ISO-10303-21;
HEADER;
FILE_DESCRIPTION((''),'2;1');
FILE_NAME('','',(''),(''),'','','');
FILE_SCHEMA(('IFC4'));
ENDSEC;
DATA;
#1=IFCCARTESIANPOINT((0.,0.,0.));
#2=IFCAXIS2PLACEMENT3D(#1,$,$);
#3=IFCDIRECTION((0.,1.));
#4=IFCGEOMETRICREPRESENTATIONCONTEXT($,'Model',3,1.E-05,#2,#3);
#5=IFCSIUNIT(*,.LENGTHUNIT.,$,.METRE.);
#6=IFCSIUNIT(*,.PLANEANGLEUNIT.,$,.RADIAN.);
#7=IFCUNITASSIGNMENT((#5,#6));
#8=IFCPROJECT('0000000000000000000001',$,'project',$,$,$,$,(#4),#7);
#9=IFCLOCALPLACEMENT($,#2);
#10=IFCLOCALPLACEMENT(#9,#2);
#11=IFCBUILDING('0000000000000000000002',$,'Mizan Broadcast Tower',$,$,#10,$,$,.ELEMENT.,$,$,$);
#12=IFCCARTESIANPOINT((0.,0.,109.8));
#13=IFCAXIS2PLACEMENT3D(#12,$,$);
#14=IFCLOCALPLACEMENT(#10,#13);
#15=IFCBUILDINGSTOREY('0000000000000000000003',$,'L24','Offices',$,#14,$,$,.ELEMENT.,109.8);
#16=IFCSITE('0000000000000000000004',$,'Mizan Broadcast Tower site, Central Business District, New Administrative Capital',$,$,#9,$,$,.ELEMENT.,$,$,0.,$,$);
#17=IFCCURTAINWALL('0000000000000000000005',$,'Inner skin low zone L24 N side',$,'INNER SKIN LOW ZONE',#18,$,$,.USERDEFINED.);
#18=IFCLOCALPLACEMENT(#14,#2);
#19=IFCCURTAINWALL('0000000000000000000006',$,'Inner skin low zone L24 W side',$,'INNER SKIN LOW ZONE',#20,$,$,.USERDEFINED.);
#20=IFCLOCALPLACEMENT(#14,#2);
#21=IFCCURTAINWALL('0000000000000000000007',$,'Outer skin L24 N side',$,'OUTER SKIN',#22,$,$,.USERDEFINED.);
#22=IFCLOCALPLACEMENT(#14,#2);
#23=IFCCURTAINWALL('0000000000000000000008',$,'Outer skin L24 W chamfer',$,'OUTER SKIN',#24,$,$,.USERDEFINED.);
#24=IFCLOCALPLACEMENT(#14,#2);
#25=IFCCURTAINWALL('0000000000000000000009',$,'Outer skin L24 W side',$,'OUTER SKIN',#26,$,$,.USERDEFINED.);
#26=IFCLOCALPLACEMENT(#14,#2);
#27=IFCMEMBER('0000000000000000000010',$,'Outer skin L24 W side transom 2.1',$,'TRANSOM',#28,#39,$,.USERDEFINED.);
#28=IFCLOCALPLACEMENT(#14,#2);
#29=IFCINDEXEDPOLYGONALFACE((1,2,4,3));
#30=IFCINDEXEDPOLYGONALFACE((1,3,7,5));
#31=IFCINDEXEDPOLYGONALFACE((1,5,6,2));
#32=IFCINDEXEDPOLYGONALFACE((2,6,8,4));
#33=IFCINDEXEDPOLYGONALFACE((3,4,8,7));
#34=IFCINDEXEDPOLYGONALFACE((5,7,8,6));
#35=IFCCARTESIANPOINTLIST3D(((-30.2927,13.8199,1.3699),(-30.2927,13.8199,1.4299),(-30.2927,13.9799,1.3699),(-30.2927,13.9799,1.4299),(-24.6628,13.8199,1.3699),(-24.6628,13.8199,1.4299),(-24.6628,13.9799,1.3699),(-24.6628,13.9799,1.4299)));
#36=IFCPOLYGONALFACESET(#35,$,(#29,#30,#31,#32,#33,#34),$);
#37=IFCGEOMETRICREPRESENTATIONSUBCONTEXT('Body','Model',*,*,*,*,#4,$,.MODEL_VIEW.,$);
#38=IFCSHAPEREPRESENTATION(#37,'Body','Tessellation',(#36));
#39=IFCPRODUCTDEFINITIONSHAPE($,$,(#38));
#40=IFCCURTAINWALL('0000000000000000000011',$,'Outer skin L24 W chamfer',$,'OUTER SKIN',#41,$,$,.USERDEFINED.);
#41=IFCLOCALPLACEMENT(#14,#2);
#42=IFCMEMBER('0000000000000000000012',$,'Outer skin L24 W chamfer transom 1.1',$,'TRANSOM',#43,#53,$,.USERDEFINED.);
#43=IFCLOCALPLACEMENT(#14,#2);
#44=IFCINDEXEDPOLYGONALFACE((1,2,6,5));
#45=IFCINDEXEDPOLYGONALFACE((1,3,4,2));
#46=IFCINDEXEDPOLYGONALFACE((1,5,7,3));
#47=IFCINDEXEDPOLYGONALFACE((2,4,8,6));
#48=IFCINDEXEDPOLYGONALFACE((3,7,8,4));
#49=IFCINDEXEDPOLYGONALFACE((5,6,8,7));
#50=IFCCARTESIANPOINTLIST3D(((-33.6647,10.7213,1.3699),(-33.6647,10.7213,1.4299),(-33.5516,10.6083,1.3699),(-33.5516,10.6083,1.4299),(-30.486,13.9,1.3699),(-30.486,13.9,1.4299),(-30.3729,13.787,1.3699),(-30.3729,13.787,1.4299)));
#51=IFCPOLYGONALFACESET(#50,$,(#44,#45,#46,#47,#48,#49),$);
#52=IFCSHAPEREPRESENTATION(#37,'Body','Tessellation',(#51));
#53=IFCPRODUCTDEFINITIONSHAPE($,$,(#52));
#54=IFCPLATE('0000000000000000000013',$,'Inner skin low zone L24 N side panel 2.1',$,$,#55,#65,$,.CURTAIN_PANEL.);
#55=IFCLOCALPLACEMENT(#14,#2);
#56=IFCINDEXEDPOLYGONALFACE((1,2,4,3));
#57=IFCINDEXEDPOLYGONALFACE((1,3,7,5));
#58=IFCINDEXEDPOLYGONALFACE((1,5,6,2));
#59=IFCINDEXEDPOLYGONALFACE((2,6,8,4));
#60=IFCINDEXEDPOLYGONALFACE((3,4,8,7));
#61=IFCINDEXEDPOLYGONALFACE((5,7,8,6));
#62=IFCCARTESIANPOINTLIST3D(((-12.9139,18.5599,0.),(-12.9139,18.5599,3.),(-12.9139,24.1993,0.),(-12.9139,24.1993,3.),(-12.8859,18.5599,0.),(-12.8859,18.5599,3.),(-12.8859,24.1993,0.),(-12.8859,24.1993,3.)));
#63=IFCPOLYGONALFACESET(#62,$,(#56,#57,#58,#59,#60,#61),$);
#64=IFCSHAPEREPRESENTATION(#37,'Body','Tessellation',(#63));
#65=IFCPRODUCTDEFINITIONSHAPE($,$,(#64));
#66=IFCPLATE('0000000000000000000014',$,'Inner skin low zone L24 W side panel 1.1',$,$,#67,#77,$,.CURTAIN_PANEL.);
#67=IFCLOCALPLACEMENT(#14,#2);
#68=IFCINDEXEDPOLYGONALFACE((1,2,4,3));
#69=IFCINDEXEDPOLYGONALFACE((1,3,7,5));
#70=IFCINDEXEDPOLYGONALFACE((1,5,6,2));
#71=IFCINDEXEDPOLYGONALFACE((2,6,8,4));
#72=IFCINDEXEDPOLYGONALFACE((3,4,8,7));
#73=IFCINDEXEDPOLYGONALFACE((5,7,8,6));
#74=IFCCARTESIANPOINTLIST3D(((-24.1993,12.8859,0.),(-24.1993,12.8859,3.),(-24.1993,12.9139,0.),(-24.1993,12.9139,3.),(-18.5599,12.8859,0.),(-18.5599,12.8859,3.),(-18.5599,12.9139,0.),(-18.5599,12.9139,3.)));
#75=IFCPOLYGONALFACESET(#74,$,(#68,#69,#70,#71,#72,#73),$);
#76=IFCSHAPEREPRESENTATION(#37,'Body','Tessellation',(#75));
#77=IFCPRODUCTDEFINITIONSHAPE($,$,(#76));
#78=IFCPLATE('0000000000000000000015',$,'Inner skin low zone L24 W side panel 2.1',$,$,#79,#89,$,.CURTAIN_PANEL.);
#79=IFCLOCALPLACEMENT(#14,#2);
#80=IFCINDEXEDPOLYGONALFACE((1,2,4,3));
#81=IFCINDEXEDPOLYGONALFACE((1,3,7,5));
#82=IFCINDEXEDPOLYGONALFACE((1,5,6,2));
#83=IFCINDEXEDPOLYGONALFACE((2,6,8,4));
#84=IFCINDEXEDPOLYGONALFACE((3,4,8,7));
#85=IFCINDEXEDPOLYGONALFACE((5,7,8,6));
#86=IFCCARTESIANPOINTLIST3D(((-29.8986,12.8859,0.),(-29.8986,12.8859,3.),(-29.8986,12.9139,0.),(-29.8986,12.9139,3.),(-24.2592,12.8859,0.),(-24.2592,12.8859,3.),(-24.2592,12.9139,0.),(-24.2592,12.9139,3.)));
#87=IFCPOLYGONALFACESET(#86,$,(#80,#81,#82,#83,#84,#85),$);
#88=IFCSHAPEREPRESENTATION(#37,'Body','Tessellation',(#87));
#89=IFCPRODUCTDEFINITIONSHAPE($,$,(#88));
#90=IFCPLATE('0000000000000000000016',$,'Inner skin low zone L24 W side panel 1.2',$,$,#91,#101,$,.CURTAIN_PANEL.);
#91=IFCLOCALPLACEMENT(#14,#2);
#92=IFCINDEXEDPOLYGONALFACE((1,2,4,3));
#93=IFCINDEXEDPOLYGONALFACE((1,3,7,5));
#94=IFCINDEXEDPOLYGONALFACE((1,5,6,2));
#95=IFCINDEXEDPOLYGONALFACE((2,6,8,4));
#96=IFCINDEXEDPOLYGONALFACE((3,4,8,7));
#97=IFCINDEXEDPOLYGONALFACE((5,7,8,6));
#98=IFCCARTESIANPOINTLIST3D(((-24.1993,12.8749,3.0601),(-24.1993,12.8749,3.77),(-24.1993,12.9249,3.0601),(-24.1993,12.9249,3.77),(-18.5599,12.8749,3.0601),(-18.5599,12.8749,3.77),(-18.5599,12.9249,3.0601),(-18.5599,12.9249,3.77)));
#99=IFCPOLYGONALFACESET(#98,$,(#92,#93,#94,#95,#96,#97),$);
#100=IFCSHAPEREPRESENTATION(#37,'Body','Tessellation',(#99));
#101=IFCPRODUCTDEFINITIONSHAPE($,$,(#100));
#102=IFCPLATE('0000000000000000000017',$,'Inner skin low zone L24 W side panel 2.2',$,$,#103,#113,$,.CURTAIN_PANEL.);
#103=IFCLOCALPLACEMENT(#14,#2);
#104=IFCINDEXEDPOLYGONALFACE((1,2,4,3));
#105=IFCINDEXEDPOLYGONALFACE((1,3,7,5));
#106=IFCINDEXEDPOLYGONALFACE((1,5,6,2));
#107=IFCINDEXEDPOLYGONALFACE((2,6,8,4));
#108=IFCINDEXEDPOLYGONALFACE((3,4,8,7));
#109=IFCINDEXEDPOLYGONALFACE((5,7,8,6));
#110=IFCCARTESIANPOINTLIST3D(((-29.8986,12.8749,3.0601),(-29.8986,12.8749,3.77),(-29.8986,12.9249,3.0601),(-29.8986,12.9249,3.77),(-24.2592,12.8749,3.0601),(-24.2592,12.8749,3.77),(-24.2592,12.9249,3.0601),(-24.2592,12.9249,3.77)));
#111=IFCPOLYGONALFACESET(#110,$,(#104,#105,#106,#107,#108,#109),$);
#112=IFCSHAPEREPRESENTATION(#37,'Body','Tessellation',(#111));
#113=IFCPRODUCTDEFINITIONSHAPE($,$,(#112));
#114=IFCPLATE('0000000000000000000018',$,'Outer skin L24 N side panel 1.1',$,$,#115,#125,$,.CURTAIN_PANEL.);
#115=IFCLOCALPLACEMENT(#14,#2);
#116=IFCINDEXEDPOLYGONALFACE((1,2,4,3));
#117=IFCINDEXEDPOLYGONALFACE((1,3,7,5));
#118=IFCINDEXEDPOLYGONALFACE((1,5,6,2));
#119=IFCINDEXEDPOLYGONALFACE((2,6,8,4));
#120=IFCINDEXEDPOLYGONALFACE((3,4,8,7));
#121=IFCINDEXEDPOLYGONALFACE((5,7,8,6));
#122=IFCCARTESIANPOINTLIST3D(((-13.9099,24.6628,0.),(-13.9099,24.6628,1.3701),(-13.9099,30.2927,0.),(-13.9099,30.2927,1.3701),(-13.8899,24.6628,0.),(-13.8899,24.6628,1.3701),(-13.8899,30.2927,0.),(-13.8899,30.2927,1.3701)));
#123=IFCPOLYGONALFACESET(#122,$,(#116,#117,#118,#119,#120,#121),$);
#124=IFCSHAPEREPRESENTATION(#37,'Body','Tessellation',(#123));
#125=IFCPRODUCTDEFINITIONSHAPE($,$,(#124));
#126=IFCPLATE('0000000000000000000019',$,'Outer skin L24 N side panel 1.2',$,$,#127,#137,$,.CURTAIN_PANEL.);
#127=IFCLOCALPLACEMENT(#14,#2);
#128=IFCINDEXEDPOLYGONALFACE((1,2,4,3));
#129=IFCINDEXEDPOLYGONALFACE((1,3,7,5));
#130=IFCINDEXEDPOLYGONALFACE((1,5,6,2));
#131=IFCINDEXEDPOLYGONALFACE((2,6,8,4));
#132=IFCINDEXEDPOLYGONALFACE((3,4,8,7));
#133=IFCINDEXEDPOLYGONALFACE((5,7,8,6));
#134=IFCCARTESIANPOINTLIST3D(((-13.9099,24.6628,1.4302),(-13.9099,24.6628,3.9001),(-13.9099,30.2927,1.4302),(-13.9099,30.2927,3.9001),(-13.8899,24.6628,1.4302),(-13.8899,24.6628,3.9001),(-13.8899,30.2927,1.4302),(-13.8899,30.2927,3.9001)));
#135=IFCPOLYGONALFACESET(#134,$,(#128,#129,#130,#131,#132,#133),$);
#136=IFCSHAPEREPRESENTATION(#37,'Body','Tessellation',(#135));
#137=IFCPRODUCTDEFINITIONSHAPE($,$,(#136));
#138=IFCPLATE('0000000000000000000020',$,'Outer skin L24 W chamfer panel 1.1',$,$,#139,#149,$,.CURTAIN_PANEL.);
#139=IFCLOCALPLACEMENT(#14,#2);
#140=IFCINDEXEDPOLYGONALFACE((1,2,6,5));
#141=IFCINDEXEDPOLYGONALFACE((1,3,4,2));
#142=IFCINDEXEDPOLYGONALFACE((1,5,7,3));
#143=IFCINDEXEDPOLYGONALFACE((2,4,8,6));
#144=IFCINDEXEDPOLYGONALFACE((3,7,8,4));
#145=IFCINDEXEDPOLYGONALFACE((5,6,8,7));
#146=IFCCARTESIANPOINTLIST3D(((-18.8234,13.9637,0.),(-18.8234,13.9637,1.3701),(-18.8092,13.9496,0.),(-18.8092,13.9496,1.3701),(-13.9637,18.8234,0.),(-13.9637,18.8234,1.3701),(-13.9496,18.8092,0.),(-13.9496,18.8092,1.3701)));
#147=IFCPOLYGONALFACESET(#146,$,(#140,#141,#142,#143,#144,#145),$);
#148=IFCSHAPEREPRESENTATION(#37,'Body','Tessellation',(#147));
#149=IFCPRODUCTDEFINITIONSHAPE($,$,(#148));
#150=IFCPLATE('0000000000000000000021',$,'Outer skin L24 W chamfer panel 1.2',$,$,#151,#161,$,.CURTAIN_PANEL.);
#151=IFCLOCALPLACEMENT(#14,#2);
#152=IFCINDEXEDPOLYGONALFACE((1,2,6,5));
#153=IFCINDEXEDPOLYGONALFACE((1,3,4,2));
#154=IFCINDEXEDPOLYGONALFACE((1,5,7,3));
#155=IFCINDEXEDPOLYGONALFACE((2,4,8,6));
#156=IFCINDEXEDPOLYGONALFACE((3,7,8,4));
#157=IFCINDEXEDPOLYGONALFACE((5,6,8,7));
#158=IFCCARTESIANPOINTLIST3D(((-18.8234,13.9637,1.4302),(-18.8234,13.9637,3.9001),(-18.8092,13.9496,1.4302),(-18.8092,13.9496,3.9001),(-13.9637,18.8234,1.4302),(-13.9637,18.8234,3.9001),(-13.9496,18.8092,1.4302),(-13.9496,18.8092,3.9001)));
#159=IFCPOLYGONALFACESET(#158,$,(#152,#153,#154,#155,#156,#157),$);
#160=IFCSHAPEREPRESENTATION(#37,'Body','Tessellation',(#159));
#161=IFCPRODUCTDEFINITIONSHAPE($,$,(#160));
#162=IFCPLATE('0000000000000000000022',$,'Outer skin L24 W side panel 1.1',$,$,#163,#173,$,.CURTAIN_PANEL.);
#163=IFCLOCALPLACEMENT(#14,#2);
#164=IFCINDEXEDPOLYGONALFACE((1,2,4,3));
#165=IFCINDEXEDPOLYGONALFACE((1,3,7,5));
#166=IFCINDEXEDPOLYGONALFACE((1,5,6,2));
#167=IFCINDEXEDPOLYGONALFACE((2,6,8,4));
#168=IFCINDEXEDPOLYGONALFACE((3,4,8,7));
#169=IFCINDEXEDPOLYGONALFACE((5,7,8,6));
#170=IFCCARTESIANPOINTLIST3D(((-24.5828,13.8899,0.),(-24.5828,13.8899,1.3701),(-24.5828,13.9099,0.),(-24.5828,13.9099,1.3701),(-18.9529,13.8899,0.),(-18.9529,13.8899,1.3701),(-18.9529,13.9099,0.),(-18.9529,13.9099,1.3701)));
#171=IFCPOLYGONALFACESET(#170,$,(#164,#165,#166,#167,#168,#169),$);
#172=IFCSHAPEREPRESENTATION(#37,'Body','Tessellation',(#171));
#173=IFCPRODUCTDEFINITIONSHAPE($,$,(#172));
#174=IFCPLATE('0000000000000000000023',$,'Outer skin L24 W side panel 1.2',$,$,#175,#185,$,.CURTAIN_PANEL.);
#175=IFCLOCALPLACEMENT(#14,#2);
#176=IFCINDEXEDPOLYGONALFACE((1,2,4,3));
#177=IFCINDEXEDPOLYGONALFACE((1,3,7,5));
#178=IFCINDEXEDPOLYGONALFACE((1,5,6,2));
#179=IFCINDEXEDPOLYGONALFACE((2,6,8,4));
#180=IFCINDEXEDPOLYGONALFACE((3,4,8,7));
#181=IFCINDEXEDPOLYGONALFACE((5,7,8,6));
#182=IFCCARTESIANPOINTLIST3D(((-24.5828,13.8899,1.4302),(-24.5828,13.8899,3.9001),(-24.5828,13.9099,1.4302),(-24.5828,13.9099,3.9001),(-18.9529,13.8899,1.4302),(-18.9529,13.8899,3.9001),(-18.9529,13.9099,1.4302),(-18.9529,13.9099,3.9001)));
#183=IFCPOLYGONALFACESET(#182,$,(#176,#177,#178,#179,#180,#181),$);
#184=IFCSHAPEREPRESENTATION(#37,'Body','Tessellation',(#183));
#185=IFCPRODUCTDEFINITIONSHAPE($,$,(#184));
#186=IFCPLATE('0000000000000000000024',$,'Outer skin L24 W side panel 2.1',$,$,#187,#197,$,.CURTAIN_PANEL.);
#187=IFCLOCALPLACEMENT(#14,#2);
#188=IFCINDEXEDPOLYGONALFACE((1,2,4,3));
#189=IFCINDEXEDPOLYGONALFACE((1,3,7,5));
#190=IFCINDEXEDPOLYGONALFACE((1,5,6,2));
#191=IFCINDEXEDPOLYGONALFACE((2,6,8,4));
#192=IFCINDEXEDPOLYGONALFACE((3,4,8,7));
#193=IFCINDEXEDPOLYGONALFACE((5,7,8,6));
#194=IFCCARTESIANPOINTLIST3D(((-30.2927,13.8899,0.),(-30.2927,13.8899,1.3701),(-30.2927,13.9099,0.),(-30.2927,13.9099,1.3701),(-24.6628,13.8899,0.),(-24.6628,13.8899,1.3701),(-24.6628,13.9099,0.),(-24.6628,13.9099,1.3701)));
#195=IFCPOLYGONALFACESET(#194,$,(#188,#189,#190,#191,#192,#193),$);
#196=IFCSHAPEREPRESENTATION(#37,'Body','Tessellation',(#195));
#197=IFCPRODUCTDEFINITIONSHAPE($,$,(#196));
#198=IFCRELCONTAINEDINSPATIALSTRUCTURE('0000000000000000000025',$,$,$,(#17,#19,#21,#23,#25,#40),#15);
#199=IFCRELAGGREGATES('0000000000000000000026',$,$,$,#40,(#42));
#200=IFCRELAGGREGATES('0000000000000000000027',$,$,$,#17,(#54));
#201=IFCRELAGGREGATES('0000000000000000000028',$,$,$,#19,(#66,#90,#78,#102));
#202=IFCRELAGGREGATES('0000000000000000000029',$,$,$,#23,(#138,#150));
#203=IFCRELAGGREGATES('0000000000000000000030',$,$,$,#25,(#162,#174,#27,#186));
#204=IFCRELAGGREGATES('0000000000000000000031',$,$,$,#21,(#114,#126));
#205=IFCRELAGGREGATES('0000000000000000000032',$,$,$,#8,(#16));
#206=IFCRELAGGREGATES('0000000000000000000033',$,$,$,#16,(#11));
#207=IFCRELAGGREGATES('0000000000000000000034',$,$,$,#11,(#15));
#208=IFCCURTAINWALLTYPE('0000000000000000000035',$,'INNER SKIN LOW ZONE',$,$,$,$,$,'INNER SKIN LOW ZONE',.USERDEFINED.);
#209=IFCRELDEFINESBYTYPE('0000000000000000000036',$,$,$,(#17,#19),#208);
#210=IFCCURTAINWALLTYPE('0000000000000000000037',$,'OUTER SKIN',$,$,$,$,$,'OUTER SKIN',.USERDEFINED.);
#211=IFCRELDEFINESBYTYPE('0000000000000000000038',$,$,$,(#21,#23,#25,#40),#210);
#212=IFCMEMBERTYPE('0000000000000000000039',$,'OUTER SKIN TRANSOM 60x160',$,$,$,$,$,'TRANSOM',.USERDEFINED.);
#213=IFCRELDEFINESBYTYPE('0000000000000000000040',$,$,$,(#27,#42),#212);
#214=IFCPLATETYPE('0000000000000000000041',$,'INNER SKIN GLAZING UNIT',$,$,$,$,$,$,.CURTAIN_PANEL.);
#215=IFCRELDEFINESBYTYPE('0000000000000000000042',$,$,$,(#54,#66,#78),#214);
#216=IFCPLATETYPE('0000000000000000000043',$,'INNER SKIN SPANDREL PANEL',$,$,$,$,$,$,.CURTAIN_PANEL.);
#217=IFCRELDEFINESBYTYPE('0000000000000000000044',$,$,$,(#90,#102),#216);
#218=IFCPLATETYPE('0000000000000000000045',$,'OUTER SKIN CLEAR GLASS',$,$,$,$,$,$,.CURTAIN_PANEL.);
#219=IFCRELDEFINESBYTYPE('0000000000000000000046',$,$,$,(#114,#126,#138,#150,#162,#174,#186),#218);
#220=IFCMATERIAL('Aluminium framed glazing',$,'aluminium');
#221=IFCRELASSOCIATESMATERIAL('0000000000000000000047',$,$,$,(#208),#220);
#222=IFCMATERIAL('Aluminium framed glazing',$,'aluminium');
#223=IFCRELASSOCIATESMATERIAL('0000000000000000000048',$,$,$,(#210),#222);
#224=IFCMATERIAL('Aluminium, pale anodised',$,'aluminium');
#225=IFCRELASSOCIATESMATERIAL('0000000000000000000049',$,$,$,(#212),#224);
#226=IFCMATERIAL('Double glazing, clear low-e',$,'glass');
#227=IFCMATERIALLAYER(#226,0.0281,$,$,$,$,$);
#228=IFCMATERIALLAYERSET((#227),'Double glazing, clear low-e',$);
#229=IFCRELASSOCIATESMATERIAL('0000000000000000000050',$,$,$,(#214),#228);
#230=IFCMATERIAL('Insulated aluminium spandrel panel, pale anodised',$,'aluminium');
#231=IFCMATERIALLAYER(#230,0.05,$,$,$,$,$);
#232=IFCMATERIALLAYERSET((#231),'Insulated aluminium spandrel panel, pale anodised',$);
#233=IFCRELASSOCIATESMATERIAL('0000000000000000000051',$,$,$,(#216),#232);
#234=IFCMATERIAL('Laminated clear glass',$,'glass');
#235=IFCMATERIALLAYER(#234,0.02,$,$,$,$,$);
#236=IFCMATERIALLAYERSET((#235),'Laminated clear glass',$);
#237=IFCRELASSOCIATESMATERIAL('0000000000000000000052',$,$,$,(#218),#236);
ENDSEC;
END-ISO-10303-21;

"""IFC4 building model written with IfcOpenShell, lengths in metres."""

from ifc_helpers import new_model, si_unit, direction, frame, origin, origin_2d, place, context, subcontext, project, spatial, rectangle, extrude, material, layer, layer_set, material_profile, profile_set, type_object, element, aggregate, save


model = new_model("IFC4")

# Units and contexts
model_context = context("Model", 3, precision=1e-05, world=origin(), true_north=direction((0.0, 1.0)))
body_context = subcontext(model_context, "Body", "Model", "MODEL_VIEW")
ifc_project = project(units=[si_unit("LENGTHUNIT", "METRE"), si_unit("PLANEANGLEUNIT", "RADIAN")], contexts=[model_context])

# Site, building, storey
site_placement = place(None, origin())
site = spatial("IfcSite", under=ifc_project, at=site_placement, Name="Mizan Broadcast Tower site, Central Business District, New Administrative Capital", CompositionType="ELEMENT", RefElevation=0.0)
building_placement = place(site_placement, origin())
building = spatial("IfcBuilding", under=site, at=building_placement, Name="Mizan Broadcast Tower", CompositionType="ELEMENT")
storey_placement = place(building_placement, frame((0.0, 0.0, 109.8)))
storey = spatial("IfcBuildingStorey", under=building, at=storey_placement, Name="L24", Description="Offices", CompositionType="ELEMENT", Elevation=109.8)

# Curtain wall
ifc_material_1 = material(Name="Aluminium framed glazing", Category="aluminium")
curtain_wall_type_1 = type_object("IfcCurtainWallType", Name="INNER SKIN LOW ZONE", ElementType="INNER SKIN LOW ZONE", PredefinedType="USERDEFINED", material=ifc_material_1)
curtain_wall_1_placement = place(storey_placement, origin())
curtain_wall_1 = element("IfcCurtainWall", 1, at=curtain_wall_1_placement, inside=storey, type_object=curtain_wall_type_1, Name="Inner skin low zone L24 N side", ObjectType="INNER SKIN LOW ZONE", PredefinedType="USERDEFINED")

# Curtain wall
curtain_wall_2_placement = place(storey_placement, origin())
curtain_wall_2 = element("IfcCurtainWall", 2, at=curtain_wall_2_placement, inside=storey, type_object=curtain_wall_type_1, Name="Inner skin low zone L24 W side", ObjectType="INNER SKIN LOW ZONE", PredefinedType="USERDEFINED")

# Shared definitions
ifc_material_2 = material(Name="Aluminium framed glazing", Category="aluminium")
curtain_wall_type_2 = type_object("IfcCurtainWallType", Name="OUTER SKIN", ElementType="OUTER SKIN", PredefinedType="USERDEFINED", material=ifc_material_2)

# Curtain wall
curtain_wall_3_placement = place(storey_placement, origin())
curtain_wall_3 = element("IfcCurtainWall", 3, at=curtain_wall_3_placement, inside=storey, type_object=curtain_wall_type_2, Name="Outer skin L24 N side", ObjectType="OUTER SKIN", PredefinedType="USERDEFINED")

# Curtain wall
curtain_wall_4_placement = place(storey_placement, origin())
curtain_wall_4 = element("IfcCurtainWall", 4, at=curtain_wall_4_placement, inside=storey, type_object=curtain_wall_type_2, Name="Outer skin L24 W chamfer", ObjectType="OUTER SKIN", PredefinedType="USERDEFINED")

# Curtain wall
curtain_wall_5_placement = place(storey_placement, origin())
curtain_wall_5 = element("IfcCurtainWall", 5, at=curtain_wall_5_placement, inside=storey, type_object=curtain_wall_type_2, Name="Outer skin L24 W side", ObjectType="OUTER SKIN", PredefinedType="USERDEFINED")

# Member
ifc_material_3 = material(Name="Aluminium, pale anodised", Category="aluminium")
ifc_material_profile_1 = material_profile(ifc_material_3, rectangle(XDim=0.1599, YDim=0.0601, at=origin_2d()), Name="TRANSOM 160x60")
ifc_profile_set_1 = profile_set([ifc_material_profile_1], Name="Aluminium, pale anodised")
member_type_1 = type_object("IfcMemberType", Name="OUTER SKIN TRANSOM 60x160", ElementType="TRANSOM", PredefinedType="USERDEFINED", material=ifc_profile_set_1)
member_1_placement = place(storey_placement, frame((-24.6628, 13.8999, 1.3999), z_axis=(-1.0, 0.0, 0.0), x_axis=(0.0, -1.0, 0.0)))
member_1 = element("IfcMember", 6, at=member_1_placement, type_object=member_type_1, Name="Outer skin L24 W side transom 2.1", ObjectType="TRANSOM", PredefinedType="USERDEFINED", context=body_context, shape_type="SweptSolid", body=[
    extrude(rectangle(XDim=0.1599, YDim=0.0601, at=origin_2d()), origin(), (0.0, 0.0, 1.0), 5.6299),
])

# Curtain wall, member
curtain_wall_6_placement = place(storey_placement, origin())
curtain_wall_6 = element("IfcCurtainWall", 7, at=curtain_wall_6_placement, inside=storey, type_object=curtain_wall_type_2, Name="Outer skin L24 W chamfer", ObjectType="OUTER SKIN", PredefinedType="USERDEFINED")
member_2_placement = place(storey_placement, frame((-30.4294, 13.8435, 1.3999), z_axis=(-0.707107, -0.707107, 0.0), x_axis=(0.707107, -0.707107, 0.0)))
member_2 = element("IfcMember", 8, at=member_2_placement, type_object=member_type_1, Name="Outer skin L24 W chamfer transom 1.1", ObjectType="TRANSOM", PredefinedType="USERDEFINED", context=body_context, shape_type="SweptSolid", body=[
    extrude(rectangle(XDim=0.1599, YDim=0.0601, at=origin_2d()), origin(), (0.0, 0.0, 1.0), 4.4954),
])
aggregate(curtain_wall_6, [member_2])

# Plates
ifc_material_4 = material(Name="Double glazing, clear low-e", Category="glass")
ifc_layer_1 = layer(ifc_material_4, 0.0281)
ifc_layer_set_1 = layer_set([ifc_layer_1], Name="Double glazing, clear low-e")
plate_type_1 = type_object("IfcPlateType", Name="INNER SKIN GLAZING UNIT", PredefinedType="CURTAIN_PANEL", material=ifc_layer_set_1)
plate_1_placement = place(storey_placement, frame((-12.8999, 21.3796, 0.0), z_axis=(0.0, 0.0, 1.0), x_axis=(0.0, -1.0, 0.0)))
plate_1 = element("IfcPlate", 9, at=plate_1_placement, type_object=plate_type_1, Name="Inner skin low zone L24 N side panel 2.1", PredefinedType="CURTAIN_PANEL", context=body_context, shape_type="SweptSolid", body=[
    extrude(rectangle(XDim=5.6394, YDim=0.0281, at=origin_2d()), origin(), (0.0, 0.0, 1.0), 3.0),
])
aggregate(curtain_wall_1, [plate_1])
plate_2_placement = place(storey_placement, frame((-21.3796, 12.8999, 0.0), z_axis=(0.0, 0.0, 1.0), x_axis=(-1.0, 0.0, 0.0)))
plate_2 = element("IfcPlate", 10, at=plate_2_placement, type_object=plate_type_1, Name="Inner skin low zone L24 W side panel 1.1", PredefinedType="CURTAIN_PANEL", context=body_context, shape_type="SweptSolid", body=[
    extrude(rectangle(XDim=5.6394, YDim=0.0281, at=origin_2d()), origin(), (0.0, 0.0, 1.0), 3.0),
])
plate_3_placement = place(storey_placement, frame((-27.0789, 12.8999, 0.0), z_axis=(0.0, 0.0, 1.0), x_axis=(-1.0, 0.0, 0.0)))
plate_3 = element("IfcPlate", 11, at=plate_3_placement, type_object=plate_type_1, Name="Inner skin low zone L24 W side panel 2.1", PredefinedType="CURTAIN_PANEL", context=body_context, shape_type="SweptSolid", body=[
    extrude(rectangle(XDim=5.6394, YDim=0.0281, at=origin_2d()), origin(), (0.0, 0.0, 1.0), 3.0),
])
ifc_material_5 = material(Name="Insulated aluminium spandrel panel, pale anodised", Category="aluminium")
ifc_layer_2 = layer(ifc_material_5, 0.05)
ifc_layer_set_2 = layer_set([ifc_layer_2], Name="Insulated aluminium spandrel panel, pale anodised")
plate_type_2 = type_object("IfcPlateType", Name="INNER SKIN SPANDREL PANEL", PredefinedType="CURTAIN_PANEL", material=ifc_layer_set_2)
plate_4_placement = place(storey_placement, frame((-21.3796, 12.8999, 3.0601), z_axis=(0.0, 0.0, 1.0), x_axis=(-1.0, 0.0, 0.0)))
plate_4 = element("IfcPlate", 12, at=plate_4_placement, type_object=plate_type_2, Name="Inner skin low zone L24 W side panel 1.2", PredefinedType="CURTAIN_PANEL", context=body_context, shape_type="SweptSolid", body=[
    extrude(rectangle(XDim=5.6394, YDim=0.05, at=origin_2d()), origin(), (0.0, 0.0, 1.0), 0.71),
])
plate_5_placement = place(storey_placement, frame((-27.0789, 12.8999, 3.0601), z_axis=(0.0, 0.0, 1.0), x_axis=(-1.0, 0.0, 0.0)))
plate_5 = element("IfcPlate", 13, at=plate_5_placement, type_object=plate_type_2, Name="Inner skin low zone L24 W side panel 2.2", PredefinedType="CURTAIN_PANEL", context=body_context, shape_type="SweptSolid", body=[
    extrude(rectangle(XDim=5.6394, YDim=0.05, at=origin_2d()), origin(), (0.0, 0.0, 1.0), 0.71),
])
aggregate(curtain_wall_2, [plate_2, plate_4, plate_3, plate_5])
ifc_material_6 = material(Name="Laminated clear glass", Category="glass")
ifc_layer_3 = layer(ifc_material_6, 0.02)
ifc_layer_set_3 = layer_set([ifc_layer_3], Name="Laminated clear glass")
plate_type_3 = type_object("IfcPlateType", Name="OUTER SKIN CLEAR GLASS", PredefinedType="CURTAIN_PANEL", material=ifc_layer_set_3)
plate_6_placement = place(storey_placement, frame((-13.8999, 27.4778, 0.0), z_axis=(0.0, 0.0, 1.0), x_axis=(0.0, -1.0, 0.0)))
plate_6 = element("IfcPlate", 14, at=plate_6_placement, type_object=plate_type_3, Name="Outer skin L24 N side panel 1.1", PredefinedType="CURTAIN_PANEL", context=body_context, shape_type="SweptSolid", body=[
    extrude(rectangle(XDim=5.6299, YDim=0.02, at=origin_2d()), origin(), (0.0, 0.0, 1.0), 1.3701),
])
plate_7_placement = place(storey_placement, frame((-13.8999, 27.4778, 1.4302), z_axis=(0.0, 0.0, 1.0), x_axis=(0.0, -1.0, 0.0)))
plate_7 = element("IfcPlate", 15, at=plate_7_placement, type_object=plate_type_3, Name="Outer skin L24 N side panel 1.2", PredefinedType="CURTAIN_PANEL", context=body_context, shape_type="SweptSolid", body=[
    extrude(rectangle(XDim=5.6299, YDim=0.02, at=origin_2d()), origin(), (0.0, 0.0, 1.0), 2.47),
])
plate_8_placement = place(storey_placement, frame((-16.3865, 16.3865, 0.0), z_axis=(0.0, 0.0, 1.0), x_axis=(-0.707107, -0.707107, 0.0)))
plate_8 = element("IfcPlate", 16, at=plate_8_placement, type_object=plate_type_3, Name="Outer skin L24 W chamfer panel 1.1", PredefinedType="CURTAIN_PANEL", context=body_context, shape_type="SweptSolid", body=[
    extrude(rectangle(XDim=6.8726, YDim=0.02, at=origin_2d()), origin(), (0.0, 0.0, 1.0), 1.3701),
])
plate_9_placement = place(storey_placement, frame((-16.3865, 16.3865, 1.4302), z_axis=(0.0, 0.0, 1.0), x_axis=(-0.707107, -0.707107, 0.0)))
plate_9 = element("IfcPlate", 17, at=plate_9_placement, type_object=plate_type_3, Name="Outer skin L24 W chamfer panel 1.2", PredefinedType="CURTAIN_PANEL", context=body_context, shape_type="SweptSolid", body=[
    extrude(rectangle(XDim=6.8726, YDim=0.02, at=origin_2d()), origin(), (0.0, 0.0, 1.0), 2.47),
])
aggregate(curtain_wall_4, [plate_8, plate_9])
plate_10_placement = place(storey_placement, frame((-21.7678, 13.8999, 0.0), z_axis=(0.0, 0.0, 1.0), x_axis=(-1.0, 0.0, 0.0)))
plate_10 = element("IfcPlate", 18, at=plate_10_placement, type_object=plate_type_3, Name="Outer skin L24 W side panel 1.1", PredefinedType="CURTAIN_PANEL", context=body_context, shape_type="SweptSolid", body=[
    extrude(rectangle(XDim=5.6299, YDim=0.02, at=origin_2d()), origin(), (0.0, 0.0, 1.0), 1.3701),
])
plate_11_placement = place(storey_placement, frame((-21.7678, 13.8999, 1.4302), z_axis=(0.0, 0.0, 1.0), x_axis=(-1.0, 0.0, 0.0)))
plate_11 = element("IfcPlate", 19, at=plate_11_placement, type_object=plate_type_3, Name="Outer skin L24 W side panel 1.2", PredefinedType="CURTAIN_PANEL", context=body_context, shape_type="SweptSolid", body=[
    extrude(rectangle(XDim=5.6299, YDim=0.02, at=origin_2d()), origin(), (0.0, 0.0, 1.0), 2.47),
])
plate_12_placement = place(storey_placement, frame((-27.4778, 13.8999, 0.0), z_axis=(0.0, 0.0, 1.0), x_axis=(-1.0, 0.0, 0.0)))
plate_12 = element("IfcPlate", 20, at=plate_12_placement, type_object=plate_type_3, Name="Outer skin L24 W side panel 2.1", PredefinedType="CURTAIN_PANEL", context=body_context, shape_type="SweptSolid", body=[
    extrude(rectangle(XDim=5.6299, YDim=0.02, at=origin_2d()), origin(), (0.0, 0.0, 1.0), 1.3701),
])
aggregate(curtain_wall_5, [plate_10, plate_11, member_1, plate_12])
aggregate(curtain_wall_3, [plate_6, plate_7])

save(model, "model.ifc")
